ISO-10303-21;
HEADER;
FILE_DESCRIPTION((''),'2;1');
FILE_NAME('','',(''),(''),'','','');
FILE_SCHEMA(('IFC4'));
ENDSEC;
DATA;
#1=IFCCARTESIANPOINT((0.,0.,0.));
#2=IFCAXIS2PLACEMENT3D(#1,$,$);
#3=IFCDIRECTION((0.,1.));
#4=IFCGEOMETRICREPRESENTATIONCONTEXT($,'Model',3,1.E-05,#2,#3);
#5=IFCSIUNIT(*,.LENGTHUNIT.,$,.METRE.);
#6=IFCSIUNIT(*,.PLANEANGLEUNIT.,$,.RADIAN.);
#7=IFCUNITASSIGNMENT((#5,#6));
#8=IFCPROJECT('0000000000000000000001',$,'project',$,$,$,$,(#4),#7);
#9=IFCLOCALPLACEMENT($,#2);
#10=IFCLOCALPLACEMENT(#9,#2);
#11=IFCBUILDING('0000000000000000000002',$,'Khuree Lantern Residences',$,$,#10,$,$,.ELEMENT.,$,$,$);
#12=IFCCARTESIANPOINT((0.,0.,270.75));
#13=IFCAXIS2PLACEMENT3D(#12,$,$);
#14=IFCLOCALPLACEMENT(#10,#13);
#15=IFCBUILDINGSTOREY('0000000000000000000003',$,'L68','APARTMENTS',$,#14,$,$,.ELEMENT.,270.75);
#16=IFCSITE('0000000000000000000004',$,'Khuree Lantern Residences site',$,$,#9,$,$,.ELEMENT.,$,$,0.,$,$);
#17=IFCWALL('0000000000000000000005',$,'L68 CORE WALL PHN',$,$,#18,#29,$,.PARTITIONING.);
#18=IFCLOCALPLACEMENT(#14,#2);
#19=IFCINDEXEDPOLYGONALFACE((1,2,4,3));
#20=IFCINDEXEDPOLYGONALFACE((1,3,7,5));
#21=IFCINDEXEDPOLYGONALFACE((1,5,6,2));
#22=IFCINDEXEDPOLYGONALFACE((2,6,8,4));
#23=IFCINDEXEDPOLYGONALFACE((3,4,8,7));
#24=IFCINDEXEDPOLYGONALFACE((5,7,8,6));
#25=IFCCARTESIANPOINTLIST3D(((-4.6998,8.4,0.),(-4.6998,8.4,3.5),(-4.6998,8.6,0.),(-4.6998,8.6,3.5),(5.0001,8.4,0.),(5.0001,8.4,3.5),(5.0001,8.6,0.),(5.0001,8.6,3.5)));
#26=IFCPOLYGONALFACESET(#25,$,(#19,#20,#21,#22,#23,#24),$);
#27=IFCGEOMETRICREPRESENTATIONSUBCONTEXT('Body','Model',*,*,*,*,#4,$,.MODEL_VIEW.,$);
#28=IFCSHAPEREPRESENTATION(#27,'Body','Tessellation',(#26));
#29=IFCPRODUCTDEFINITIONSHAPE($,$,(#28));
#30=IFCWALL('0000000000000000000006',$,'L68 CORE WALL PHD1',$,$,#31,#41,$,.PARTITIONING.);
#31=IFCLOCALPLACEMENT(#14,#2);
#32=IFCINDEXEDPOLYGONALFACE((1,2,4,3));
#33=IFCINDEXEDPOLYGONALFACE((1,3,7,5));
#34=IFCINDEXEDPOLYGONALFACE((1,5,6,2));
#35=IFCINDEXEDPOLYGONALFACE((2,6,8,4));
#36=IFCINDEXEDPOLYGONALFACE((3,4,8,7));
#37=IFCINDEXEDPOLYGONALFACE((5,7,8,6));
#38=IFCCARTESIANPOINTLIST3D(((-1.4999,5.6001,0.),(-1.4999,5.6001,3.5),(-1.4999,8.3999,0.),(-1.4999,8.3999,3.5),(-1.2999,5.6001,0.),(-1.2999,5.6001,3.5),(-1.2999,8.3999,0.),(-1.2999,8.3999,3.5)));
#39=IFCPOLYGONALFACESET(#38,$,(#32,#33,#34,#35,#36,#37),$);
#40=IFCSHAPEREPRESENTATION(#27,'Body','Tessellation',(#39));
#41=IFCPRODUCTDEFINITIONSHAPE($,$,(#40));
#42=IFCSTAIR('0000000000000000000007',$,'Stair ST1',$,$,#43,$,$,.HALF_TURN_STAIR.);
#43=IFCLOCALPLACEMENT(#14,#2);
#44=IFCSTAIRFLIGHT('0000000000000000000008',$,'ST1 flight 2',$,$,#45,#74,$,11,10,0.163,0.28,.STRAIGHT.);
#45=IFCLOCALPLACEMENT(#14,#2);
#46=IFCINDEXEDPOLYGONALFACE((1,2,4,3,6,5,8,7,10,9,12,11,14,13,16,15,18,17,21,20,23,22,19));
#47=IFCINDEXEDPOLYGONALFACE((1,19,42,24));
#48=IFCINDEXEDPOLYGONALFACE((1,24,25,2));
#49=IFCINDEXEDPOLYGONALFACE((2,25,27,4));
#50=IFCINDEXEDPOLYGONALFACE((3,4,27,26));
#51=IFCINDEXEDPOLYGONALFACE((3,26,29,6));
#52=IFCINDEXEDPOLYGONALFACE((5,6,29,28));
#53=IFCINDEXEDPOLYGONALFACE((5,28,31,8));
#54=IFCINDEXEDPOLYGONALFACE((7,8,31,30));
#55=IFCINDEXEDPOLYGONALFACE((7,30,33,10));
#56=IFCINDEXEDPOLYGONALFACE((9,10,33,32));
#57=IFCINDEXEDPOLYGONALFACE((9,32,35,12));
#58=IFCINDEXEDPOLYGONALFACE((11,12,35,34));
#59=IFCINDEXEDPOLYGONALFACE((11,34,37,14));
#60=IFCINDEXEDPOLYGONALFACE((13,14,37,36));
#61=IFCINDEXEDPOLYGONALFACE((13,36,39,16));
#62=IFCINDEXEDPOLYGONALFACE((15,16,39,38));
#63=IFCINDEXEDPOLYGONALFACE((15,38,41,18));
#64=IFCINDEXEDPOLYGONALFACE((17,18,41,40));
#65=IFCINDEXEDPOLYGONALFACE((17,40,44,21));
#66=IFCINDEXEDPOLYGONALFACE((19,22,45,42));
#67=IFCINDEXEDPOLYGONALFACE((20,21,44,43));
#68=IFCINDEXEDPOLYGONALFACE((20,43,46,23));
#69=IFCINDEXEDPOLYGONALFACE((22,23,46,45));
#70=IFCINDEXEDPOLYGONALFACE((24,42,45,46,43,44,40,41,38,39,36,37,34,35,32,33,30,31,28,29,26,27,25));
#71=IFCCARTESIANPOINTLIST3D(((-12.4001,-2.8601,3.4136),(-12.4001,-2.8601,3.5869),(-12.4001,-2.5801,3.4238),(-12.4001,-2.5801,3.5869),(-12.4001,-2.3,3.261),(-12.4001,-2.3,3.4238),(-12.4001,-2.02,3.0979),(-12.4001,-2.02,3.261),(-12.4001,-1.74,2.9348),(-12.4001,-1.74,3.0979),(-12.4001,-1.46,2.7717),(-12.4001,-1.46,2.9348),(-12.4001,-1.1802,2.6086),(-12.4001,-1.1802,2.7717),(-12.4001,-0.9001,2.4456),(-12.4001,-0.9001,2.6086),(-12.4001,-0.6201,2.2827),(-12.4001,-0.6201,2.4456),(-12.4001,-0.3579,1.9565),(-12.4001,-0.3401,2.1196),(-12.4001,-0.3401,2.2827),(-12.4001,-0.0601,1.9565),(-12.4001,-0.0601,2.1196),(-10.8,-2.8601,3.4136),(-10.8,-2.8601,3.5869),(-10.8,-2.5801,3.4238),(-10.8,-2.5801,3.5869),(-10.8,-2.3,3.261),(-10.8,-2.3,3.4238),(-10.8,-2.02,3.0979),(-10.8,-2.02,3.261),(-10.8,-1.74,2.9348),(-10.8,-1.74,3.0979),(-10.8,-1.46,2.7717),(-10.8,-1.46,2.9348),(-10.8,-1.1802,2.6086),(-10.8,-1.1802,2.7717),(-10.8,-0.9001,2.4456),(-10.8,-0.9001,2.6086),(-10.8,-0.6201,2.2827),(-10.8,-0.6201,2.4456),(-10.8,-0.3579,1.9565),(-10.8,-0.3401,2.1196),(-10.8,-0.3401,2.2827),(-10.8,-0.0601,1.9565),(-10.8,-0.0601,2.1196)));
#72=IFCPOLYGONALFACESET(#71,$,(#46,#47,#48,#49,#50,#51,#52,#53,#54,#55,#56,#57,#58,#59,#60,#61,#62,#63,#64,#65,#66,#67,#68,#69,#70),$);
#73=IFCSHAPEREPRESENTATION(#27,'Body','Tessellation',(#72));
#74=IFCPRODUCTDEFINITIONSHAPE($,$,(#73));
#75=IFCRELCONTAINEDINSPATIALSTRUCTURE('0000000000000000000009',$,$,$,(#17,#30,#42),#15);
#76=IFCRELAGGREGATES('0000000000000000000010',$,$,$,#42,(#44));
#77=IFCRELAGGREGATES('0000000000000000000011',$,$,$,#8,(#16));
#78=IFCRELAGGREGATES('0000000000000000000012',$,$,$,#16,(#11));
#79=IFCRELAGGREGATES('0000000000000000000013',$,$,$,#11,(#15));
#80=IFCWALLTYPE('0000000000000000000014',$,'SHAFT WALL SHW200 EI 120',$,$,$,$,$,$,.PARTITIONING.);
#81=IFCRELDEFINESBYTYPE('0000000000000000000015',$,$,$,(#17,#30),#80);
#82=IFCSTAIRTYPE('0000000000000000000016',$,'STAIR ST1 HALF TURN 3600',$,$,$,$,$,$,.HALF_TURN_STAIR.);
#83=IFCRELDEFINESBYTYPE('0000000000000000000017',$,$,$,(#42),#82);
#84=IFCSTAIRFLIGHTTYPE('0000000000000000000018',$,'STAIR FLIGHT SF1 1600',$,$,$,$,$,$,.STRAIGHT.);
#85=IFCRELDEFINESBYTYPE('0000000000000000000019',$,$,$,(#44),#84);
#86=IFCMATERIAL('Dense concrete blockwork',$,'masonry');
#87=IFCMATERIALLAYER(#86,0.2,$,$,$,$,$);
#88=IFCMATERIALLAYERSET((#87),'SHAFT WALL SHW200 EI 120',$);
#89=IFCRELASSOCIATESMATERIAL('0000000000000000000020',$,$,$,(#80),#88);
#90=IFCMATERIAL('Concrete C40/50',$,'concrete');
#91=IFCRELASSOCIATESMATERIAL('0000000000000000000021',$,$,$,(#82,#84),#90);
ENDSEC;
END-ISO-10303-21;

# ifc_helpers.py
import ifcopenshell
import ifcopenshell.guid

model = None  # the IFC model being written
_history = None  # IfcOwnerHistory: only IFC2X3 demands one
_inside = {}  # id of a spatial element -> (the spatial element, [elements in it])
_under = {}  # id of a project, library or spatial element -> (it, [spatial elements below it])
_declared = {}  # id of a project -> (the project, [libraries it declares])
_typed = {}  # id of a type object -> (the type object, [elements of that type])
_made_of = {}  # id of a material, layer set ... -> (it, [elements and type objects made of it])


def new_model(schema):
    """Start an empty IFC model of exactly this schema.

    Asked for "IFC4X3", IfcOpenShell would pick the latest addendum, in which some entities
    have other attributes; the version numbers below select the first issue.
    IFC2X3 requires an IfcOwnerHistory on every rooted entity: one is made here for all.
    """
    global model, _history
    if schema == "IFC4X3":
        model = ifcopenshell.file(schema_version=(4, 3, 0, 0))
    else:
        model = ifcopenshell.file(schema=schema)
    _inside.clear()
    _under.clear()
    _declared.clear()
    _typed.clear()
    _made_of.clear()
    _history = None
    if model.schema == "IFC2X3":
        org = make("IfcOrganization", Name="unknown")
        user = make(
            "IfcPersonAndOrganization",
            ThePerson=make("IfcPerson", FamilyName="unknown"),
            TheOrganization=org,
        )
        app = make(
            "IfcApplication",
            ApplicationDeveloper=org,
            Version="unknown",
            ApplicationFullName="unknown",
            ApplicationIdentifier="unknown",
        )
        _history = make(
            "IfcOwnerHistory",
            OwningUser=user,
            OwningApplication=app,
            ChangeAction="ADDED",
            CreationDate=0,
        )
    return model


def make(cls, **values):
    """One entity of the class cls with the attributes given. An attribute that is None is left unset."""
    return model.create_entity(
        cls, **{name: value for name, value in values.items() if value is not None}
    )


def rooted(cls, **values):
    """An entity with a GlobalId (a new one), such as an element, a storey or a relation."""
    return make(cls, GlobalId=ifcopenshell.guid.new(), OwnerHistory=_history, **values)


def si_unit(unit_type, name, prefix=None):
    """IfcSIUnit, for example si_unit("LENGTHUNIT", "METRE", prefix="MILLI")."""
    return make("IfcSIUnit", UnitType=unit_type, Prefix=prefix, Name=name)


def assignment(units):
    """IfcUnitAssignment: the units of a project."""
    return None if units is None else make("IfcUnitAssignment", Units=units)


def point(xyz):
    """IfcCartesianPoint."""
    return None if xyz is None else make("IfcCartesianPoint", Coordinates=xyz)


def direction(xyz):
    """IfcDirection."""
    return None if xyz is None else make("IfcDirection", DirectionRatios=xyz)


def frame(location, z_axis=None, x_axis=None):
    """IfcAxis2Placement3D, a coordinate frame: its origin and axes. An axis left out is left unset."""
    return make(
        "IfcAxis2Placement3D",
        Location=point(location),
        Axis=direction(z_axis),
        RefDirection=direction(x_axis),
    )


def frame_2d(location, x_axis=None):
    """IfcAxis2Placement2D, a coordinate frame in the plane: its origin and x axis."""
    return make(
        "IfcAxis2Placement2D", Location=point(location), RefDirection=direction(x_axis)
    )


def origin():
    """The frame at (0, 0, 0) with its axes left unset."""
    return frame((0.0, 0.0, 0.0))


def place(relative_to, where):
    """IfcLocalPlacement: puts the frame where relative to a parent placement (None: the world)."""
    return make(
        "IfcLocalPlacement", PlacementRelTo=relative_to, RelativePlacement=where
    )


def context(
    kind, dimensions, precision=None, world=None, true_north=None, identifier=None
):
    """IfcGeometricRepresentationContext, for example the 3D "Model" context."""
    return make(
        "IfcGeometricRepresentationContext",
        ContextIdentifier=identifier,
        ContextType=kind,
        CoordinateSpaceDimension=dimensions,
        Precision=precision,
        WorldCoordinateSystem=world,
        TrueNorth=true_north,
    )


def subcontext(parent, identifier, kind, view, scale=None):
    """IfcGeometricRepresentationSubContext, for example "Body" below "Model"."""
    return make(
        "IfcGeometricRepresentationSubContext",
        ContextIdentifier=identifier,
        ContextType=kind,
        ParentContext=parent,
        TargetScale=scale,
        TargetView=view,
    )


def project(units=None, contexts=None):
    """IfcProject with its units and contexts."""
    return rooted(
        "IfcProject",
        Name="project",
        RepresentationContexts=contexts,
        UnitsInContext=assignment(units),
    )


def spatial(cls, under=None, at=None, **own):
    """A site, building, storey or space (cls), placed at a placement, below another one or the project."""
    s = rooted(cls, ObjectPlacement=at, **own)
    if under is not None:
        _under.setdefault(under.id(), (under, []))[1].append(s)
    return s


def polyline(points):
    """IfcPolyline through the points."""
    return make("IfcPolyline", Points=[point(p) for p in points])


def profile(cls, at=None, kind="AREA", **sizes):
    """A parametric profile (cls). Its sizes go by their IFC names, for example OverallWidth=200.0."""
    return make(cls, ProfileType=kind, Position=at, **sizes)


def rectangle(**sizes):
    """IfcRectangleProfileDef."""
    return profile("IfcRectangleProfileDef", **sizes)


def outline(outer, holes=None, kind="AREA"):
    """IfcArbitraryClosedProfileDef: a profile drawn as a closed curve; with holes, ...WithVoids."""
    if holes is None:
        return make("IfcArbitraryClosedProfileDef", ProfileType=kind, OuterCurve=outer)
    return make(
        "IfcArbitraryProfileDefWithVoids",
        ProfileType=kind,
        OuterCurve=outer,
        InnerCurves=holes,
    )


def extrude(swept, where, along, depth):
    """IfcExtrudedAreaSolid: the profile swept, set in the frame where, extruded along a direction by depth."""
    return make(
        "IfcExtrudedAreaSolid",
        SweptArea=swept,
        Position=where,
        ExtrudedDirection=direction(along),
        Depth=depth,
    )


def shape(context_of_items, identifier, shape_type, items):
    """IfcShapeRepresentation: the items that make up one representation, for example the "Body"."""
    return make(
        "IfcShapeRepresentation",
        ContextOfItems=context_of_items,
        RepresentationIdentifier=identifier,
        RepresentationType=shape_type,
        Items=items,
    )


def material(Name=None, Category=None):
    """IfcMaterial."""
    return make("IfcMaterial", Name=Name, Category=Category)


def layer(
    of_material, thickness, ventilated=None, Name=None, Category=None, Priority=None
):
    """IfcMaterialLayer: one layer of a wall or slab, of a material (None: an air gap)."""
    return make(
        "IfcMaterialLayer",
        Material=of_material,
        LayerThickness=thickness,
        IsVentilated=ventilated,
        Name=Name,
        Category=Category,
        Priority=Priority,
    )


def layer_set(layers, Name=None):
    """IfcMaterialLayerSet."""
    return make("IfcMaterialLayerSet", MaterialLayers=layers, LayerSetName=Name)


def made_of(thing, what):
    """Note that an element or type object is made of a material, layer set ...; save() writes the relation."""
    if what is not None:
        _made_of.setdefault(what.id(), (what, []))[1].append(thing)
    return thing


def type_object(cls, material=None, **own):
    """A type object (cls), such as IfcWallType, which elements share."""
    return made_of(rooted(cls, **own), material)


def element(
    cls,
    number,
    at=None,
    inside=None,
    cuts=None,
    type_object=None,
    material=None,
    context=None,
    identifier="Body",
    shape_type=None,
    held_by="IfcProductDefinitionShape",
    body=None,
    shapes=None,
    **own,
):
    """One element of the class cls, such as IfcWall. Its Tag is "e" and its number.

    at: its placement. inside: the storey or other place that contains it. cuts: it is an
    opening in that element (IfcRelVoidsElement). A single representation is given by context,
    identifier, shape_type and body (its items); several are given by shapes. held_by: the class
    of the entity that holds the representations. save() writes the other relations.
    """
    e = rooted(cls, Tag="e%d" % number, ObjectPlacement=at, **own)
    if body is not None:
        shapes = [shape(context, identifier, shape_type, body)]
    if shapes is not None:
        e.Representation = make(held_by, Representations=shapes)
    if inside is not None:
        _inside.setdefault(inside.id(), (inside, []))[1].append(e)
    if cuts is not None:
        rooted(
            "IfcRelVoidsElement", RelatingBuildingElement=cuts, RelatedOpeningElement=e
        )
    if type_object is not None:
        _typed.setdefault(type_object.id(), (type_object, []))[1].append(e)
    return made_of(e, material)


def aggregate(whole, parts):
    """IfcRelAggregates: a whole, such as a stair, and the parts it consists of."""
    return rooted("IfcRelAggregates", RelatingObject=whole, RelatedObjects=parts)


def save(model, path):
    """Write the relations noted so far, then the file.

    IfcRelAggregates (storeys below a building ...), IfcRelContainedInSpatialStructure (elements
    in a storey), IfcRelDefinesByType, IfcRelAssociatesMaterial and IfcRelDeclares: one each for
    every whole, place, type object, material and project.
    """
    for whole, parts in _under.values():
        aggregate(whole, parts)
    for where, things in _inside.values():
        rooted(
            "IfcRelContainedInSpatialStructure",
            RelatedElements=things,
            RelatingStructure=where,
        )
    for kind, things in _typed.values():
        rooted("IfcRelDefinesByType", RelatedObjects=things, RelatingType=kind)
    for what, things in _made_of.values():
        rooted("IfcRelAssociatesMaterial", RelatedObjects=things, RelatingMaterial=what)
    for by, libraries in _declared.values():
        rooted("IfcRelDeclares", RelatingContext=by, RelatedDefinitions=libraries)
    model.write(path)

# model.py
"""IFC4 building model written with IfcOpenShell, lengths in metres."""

from ifc_helpers import new_model, si_unit, direction, frame, frame_2d, origin, place, context, subcontext, project, spatial, polyline, rectangle, outline, extrude, material, layer, layer_set, type_object, element, aggregate, save


model = new_model("IFC4")

# Units and contexts
model_context = context("Model", 3, precision=1e-05, world=origin(), true_north=direction((0.0, 1.0)))
body_context = subcontext(model_context, "Body", "Model", "MODEL_VIEW")
ifc_project = project(units=[si_unit("LENGTHUNIT", "METRE"), si_unit("PLANEANGLEUNIT", "RADIAN")], contexts=[model_context])

# Site, building, storey
site_placement = place(None, origin())
site = spatial("IfcSite", under=ifc_project, at=site_placement, Name="Khuree Lantern Residences site", CompositionType="ELEMENT", RefElevation=0.0)
building_placement = place(site_placement, origin())
building = spatial("IfcBuilding", under=site, at=building_placement, Name="Khuree Lantern Residences", CompositionType="ELEMENT")
storey_placement = place(building_placement, frame((0.0, 0.0, 270.75)))
storey = spatial("IfcBuildingStorey", under=building, at=storey_placement, Name="L68", Description="APARTMENTS", CompositionType="ELEMENT", Elevation=270.75)

# Shared definitions
ifc_material_1 = material(Name="Dense concrete blockwork", Category="masonry")

# Walls
ifc_layer_1 = layer(ifc_material_1, 0.2)
ifc_layer_set_1 = layer_set([ifc_layer_1], Name="SHAFT WALL SHW200 EI 120")
wall_type_1 = type_object("IfcWallType", Name="SHAFT WALL SHW200 EI 120", PredefinedType="PARTITIONING", material=ifc_layer_set_1)
wall_1_placement = place(storey_placement, frame((-4.7, 8.5, 0.0), z_axis=(0.0, 0.0, 1.0), x_axis=(1.0, 0.0, 0.0)))
element("IfcWall", 1, at=wall_1_placement, inside=storey, type_object=wall_type_1, Name="L68 CORE WALL PHN", PredefinedType="PARTITIONING", context=body_context, shape_type="SweptSolid", body=[
    extrude(rectangle(XDim=9.7, YDim=0.2, at=frame_2d((4.8501, 0.0))), origin(), (0.0, 0.0, 1.0), 3.5),
])
wall_2_placement = place(storey_placement, frame((-1.3999, 5.6001, 0.0), z_axis=(0.0, 0.0, 1.0), x_axis=(0.0, 1.0, 0.0)))
element("IfcWall", 2, at=wall_2_placement, inside=storey, type_object=wall_type_1, Name="L68 CORE WALL PHD1", PredefinedType="PARTITIONING", context=body_context, shape_type="SweptSolid", body=[
    extrude(rectangle(XDim=2.7998, YDim=0.2, at=frame_2d((1.3999, 0.0))), origin(), (0.0, 0.0, 1.0), 3.5),
])

# Stair, stair flight
ifc_material_2 = material(Name="Concrete C40/50", Category="concrete")
stair_type = type_object("IfcStairType", Name="STAIR ST1 HALF TURN 3600", PredefinedType="HALF_TURN_STAIR", material=ifc_material_2)
stair_placement = place(storey_placement, origin())
stair = element("IfcStair", 3, at=stair_placement, inside=storey, type_object=stair_type, Name="Stair ST1", PredefinedType="HALF_TURN_STAIR")
stair_flight_type = type_object("IfcStairFlightType", Name="STAIR FLIGHT SF1 1600", PredefinedType="STRAIGHT", material=ifc_material_2)
stair_flight_placement = place(storey_placement, frame((-11.6001, -0.0601, 1.9565), z_axis=(0.0, 0.0, 1.0), x_axis=(0.0, -1.0, 0.0)))
stair_flight = element("IfcStairFlight", 4, at=stair_flight_placement, type_object=stair_flight_type, Name="ST1 flight 2", NumberOfRisers=11, NumberOfTreads=10, PredefinedType="STRAIGHT", RiserHeight=0.163, TreadLength=0.28, context=body_context, shape_type="SweptSolid", body=[
    extrude(outline(polyline([(0.0, 0.0), (0.0, 0.1631), (0.28, 0.1631), (0.28, 0.3262), (0.5601, 0.3262), (0.5601, 0.489), (0.8401, 0.489), (0.8401, 0.6521), (1.1201, 0.6521), (1.1201, 0.8152), (1.3999, 0.8152), (1.3999, 0.9783), (1.6799, 0.9783), (1.6799, 1.1414), (1.96, 1.1414), (1.96, 1.3044), (2.24, 1.3044), (2.24, 1.4673), (2.52, 1.4673), (2.52, 1.6304), (2.8, 1.6304), (2.8, 1.7935), (2.8, 1.457), (0.2979, 0.0), (0.0, 0.0)])), frame((0.0, 0.8, 0.0), z_axis=(0.0, -1.0, 0.0), x_axis=(1.0, 0.0, 0.0)), (0.0, 0.0, 1.0), 1.6001),
])
aggregate(stair, [stair_flight])

save(model, "model.ifc")
